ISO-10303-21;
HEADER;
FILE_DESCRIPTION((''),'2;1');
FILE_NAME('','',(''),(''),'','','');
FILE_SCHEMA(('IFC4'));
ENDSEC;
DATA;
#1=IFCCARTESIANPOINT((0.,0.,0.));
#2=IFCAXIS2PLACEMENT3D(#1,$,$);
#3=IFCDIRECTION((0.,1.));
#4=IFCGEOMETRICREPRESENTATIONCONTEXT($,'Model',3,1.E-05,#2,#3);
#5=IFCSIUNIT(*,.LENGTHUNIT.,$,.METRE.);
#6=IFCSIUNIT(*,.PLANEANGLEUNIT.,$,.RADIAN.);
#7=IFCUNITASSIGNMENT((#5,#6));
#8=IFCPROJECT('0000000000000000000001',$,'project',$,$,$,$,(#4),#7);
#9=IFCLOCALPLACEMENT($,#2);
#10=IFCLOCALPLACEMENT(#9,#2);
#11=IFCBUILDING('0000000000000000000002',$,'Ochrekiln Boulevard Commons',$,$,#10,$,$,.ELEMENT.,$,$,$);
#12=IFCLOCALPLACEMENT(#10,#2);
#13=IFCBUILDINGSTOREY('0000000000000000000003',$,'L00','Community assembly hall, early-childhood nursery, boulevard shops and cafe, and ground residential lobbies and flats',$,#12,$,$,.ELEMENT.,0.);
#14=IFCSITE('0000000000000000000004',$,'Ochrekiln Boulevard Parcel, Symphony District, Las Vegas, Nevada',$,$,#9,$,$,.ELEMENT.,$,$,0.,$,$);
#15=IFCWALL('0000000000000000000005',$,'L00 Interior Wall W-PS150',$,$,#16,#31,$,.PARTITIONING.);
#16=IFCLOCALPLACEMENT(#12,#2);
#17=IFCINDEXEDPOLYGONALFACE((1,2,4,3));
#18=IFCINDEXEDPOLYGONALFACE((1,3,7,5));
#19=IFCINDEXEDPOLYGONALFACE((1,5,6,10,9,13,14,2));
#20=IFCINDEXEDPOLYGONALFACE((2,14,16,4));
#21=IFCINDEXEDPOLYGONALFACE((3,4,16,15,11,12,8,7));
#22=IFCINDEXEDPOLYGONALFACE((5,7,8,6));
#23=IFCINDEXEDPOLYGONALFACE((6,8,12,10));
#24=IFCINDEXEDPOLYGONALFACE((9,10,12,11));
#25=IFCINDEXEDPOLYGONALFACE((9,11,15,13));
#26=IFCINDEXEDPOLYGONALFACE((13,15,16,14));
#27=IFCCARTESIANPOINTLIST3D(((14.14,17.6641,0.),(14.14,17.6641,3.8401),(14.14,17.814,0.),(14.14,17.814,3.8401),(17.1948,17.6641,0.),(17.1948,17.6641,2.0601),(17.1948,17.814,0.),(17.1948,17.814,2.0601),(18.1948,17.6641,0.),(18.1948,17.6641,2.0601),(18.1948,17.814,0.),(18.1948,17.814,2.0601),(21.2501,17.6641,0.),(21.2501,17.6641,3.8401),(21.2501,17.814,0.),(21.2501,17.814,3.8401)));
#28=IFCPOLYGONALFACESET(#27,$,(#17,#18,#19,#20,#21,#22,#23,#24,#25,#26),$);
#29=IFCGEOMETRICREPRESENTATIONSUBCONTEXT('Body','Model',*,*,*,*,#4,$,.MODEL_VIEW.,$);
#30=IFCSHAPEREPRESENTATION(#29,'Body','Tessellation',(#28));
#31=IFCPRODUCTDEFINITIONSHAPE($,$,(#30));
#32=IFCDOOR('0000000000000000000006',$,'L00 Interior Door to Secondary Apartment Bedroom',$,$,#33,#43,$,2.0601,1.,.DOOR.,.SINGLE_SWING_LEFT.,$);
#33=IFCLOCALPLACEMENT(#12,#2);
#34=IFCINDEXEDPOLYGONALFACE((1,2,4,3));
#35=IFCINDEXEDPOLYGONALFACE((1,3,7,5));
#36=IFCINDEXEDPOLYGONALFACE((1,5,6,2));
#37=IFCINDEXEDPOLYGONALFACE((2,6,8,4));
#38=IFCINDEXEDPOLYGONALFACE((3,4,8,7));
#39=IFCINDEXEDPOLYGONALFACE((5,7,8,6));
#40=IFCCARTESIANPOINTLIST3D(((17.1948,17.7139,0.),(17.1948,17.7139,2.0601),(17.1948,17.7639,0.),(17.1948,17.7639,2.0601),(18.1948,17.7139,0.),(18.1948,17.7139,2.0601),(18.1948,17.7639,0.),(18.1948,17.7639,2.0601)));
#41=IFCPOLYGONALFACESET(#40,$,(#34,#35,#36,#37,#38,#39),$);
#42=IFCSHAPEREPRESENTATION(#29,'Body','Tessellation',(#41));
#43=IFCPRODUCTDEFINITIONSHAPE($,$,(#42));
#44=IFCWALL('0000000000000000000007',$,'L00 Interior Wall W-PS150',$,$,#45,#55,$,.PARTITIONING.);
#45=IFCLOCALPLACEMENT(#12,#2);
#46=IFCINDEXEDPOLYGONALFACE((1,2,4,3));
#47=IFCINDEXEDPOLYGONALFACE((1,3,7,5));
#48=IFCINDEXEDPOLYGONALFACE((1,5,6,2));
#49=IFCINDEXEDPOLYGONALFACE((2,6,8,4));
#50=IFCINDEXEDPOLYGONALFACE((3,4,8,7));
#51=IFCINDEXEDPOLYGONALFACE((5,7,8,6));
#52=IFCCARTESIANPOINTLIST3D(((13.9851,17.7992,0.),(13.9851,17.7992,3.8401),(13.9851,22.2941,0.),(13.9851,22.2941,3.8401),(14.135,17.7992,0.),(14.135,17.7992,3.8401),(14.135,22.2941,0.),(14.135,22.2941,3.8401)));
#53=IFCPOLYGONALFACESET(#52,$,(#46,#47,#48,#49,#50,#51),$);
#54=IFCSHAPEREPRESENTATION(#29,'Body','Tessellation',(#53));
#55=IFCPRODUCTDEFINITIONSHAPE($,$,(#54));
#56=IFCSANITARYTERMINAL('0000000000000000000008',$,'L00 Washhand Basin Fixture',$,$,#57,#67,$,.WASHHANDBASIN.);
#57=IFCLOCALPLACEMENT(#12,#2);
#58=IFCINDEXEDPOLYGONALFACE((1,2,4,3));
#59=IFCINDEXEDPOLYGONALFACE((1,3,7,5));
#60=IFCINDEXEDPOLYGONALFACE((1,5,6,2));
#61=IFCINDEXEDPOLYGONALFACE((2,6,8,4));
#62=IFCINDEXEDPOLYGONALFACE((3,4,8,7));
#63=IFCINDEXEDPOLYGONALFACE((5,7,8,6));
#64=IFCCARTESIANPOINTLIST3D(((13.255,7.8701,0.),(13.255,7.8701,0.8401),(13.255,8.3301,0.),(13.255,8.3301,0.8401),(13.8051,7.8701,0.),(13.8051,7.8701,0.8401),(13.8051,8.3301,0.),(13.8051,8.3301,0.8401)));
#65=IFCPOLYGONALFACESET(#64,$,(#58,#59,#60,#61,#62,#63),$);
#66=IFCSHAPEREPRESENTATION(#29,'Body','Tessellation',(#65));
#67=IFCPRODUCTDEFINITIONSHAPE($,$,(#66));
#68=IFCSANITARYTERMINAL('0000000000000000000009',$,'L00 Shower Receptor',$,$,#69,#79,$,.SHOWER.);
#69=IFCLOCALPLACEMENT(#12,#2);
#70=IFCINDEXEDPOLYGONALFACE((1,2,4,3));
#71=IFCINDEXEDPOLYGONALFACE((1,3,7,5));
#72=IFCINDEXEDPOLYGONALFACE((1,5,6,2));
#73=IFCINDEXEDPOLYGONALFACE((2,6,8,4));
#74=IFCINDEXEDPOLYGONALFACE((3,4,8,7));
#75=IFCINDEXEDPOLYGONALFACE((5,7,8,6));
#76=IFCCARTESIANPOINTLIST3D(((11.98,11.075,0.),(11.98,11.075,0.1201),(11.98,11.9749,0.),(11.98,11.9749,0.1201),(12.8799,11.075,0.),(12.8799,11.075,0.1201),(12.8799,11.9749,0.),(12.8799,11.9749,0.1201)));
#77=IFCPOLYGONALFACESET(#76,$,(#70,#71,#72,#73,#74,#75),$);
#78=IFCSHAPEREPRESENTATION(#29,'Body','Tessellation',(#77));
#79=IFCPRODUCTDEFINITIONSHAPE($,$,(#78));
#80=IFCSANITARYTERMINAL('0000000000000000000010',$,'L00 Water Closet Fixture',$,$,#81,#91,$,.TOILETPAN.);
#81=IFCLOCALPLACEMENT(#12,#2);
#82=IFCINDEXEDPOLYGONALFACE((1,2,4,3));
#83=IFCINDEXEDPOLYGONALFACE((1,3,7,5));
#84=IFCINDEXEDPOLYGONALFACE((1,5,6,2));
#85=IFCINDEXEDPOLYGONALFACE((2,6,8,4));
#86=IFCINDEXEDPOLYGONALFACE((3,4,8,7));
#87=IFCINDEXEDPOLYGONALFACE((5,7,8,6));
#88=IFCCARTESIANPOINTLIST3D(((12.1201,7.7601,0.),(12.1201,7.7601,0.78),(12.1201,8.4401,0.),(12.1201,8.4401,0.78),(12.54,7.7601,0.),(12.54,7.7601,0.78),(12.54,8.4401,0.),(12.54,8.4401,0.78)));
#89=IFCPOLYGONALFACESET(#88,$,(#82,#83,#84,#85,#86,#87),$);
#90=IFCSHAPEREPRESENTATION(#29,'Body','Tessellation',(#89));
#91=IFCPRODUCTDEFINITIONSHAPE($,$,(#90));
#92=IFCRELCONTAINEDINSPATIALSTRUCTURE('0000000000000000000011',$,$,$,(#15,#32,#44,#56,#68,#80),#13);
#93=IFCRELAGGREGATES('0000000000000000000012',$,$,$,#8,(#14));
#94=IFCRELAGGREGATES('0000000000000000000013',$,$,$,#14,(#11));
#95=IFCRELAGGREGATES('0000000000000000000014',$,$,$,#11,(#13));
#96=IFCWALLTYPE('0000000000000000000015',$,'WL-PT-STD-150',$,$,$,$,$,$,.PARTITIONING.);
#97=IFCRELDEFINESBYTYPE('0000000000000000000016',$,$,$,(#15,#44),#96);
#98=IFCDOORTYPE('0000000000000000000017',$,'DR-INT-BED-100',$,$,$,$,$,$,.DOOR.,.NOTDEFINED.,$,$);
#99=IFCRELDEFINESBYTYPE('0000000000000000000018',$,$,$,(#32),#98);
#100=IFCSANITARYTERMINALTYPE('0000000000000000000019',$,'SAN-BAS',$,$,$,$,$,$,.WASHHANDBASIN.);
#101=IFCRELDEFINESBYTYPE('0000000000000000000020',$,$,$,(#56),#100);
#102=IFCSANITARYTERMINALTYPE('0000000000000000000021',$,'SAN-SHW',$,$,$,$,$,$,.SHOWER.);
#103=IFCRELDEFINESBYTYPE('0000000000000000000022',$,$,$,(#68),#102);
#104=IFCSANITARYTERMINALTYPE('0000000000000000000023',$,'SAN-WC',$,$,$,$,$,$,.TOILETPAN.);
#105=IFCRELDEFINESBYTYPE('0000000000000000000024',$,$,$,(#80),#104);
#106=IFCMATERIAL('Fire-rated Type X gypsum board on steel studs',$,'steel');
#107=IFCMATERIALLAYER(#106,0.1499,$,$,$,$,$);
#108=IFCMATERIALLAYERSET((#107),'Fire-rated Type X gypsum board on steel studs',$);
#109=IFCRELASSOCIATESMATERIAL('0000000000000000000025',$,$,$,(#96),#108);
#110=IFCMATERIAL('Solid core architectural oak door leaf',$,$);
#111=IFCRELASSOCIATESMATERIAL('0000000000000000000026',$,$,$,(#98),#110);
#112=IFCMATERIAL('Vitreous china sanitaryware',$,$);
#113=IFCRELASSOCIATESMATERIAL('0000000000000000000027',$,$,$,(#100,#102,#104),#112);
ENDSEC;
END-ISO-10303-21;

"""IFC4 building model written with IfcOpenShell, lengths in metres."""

from ifc_helpers import new_model, si_unit, direction, frame, frame_2d, origin, origin_2d, place, context, subcontext, project, spatial, rectangle, extrude, material, layer, layer_set, type_object, element, fill, save


model = new_model("IFC4")

# Units and contexts
model_context = context("Model", 3, precision=1e-05, world=origin(), true_north=direction((0.0, 1.0)))
body_context = subcontext(model_context, "Body", "Model", "MODEL_VIEW")
ifc_project = project(units=[si_unit("LENGTHUNIT", "METRE"), si_unit("PLANEANGLEUNIT", "RADIAN")], contexts=[model_context])

# Site, building, storey
site_placement = place(None, origin())
site = spatial("IfcSite", under=ifc_project, at=site_placement, Name="Ochrekiln Boulevard Parcel, Symphony District, Las Vegas, Nevada", CompositionType="ELEMENT", RefElevation=0.0)
building_placement = place(site_placement, origin())
building = spatial("IfcBuilding", under=site, at=building_placement, Name="Ochrekiln Boulevard Commons", CompositionType="ELEMENT")
storey_placement = place(building_placement, origin())
storey = spatial("IfcBuildingStorey", under=building, at=storey_placement, Name="L00", Description="Community assembly hall, early-childhood nursery, boulevard shops and cafe, and ground residential lobbies and flats", CompositionType="ELEMENT", Elevation=0.0)

# Shared definitions
ifc_material_1 = material(Name="Solid core architectural oak door leaf")

# Shared definitions
ifc_material_2 = material(Name="Fire-rated Type X gypsum board on steel studs", Category="steel")

# Wall, opening, door
ifc_layer_1 = layer(ifc_material_2, 0.1499)
ifc_layer_set_1 = layer_set([ifc_layer_1], Name="Fire-rated Type X gypsum board on steel studs")
wall_type_1 = type_object("IfcWallType", Name="WL-PT-STD-150", PredefinedType="PARTITIONING", material=ifc_layer_set_1)
wall_1_placement = place(storey_placement, frame((14.1399, 17.739, 0.0), z_axis=(0.0, 0.0, 1.0), x_axis=(1.0, 0.0, 0.0)))
wall_1 = element("IfcWall", 1, at=wall_1_placement, inside=storey, type_object=wall_type_1, Name="L00 Interior Wall W-PS150", PredefinedType="PARTITIONING", context=body_context, shape_type="SweptSolid", body=[
    extrude(rectangle(XDim=7.1101, YDim=0.1499, at=frame_2d((3.5552, 0.0))), origin(), (0.0, 0.0, 1.0), 3.8401),
])
opening_1_placement = place(wall_1_placement, frame((3.0549, 0.0, 0.0)))
opening_1 = element("IfcOpeningElement", 2, at=opening_1_placement, cuts=wall_1, PredefinedType="OPENING", context=body_context, shape_type="SweptSolid", body=[
    extrude(rectangle(XDim=1.0, YDim=2.0601, at=frame_2d((0.5, 1.03))), frame((0.0, 0.085, 0.0), z_axis=(0.0, -1.0, 0.0), x_axis=(1.0, 0.0, 0.0)), (0.0, 0.0, 1.0), 0.1699),
])
door_type_1 = type_object("IfcDoorType", Name="DR-INT-BED-100", OperationType="NOTDEFINED", PredefinedType="DOOR", material=ifc_material_1)
door_1_placement = place(opening_1_placement, origin())
door_1 = element("IfcDoor", 3, at=door_1_placement, inside=storey, type_object=door_type_1, Name="L00 Interior Door to Secondary Apartment Bedroom", OperationType="SINGLE_SWING_LEFT", OverallHeight=2.0601, OverallWidth=1.0, PredefinedType="DOOR", context=body_context, shape_type="SweptSolid", body=[
    extrude(rectangle(XDim=1.0, YDim=2.0601, at=frame_2d((0.5, 1.03))), frame((0.0, 0.0249, 0.0), z_axis=(0.0, -1.0, 0.0), x_axis=(1.0, 0.0, 0.0)), (0.0, 0.0, 1.0), 0.05),
])
fill(opening_1, door_1)

# Wall
wall_2_placement = place(storey_placement, frame((14.0601, 17.7991, 0.0), z_axis=(0.0, 0.0, 1.0), x_axis=(0.0, 1.0, 0.0)))
element("IfcWall", 4, at=wall_2_placement, inside=storey, type_object=wall_type_1, Name="L00 Interior Wall W-PS150", PredefinedType="PARTITIONING", context=body_context, shape_type="SweptSolid", body=[
    extrude(rectangle(XDim=4.4949, YDim=0.1499, at=frame_2d((2.2476, 0.0))), origin(), (0.0, 0.0, 1.0), 3.8401),
])

# Sanitary terminals
ifc_material_3 = material(Name="Vitreous china sanitaryware")
sanitary_terminal_type_1 = type_object("IfcSanitaryTerminalType", Name="SAN-BAS", PredefinedType="WASHHANDBASIN", material=ifc_material_3)
sanitary_terminal_1_placement = place(storey_placement, frame((13.53, 8.1001, 0.0), z_axis=(0.0, 0.0, 1.0), x_axis=(1.0, 0.0, 0.0)))
element("IfcSanitaryTerminal", 5, at=sanitary_terminal_1_placement, inside=storey, type_object=sanitary_terminal_type_1, Name="L00 Washhand Basin Fixture", PredefinedType="WASHHANDBASIN", context=body_context, shape_type="SweptSolid", body=[
    extrude(rectangle(XDim=0.55, YDim=0.46, at=origin_2d()), origin(), (0.0, 0.0, 1.0), 0.8401),
])
sanitary_terminal_type_2 = type_object("IfcSanitaryTerminalType", Name="SAN-SHW", PredefinedType="SHOWER", material=ifc_material_3)
sanitary_terminal_2_placement = place(storey_placement, frame((12.4299, 11.5249, 0.0), z_axis=(0.0, 0.0, 1.0), x_axis=(1.0, 0.0, 0.0)))
element("IfcSanitaryTerminal", 6, at=sanitary_terminal_2_placement, inside=storey, type_object=sanitary_terminal_type_2, Name="L00 Shower Receptor", PredefinedType="SHOWER", context=body_context, shape_type="SweptSolid", body=[
    extrude(rectangle(XDim=0.8999, YDim=0.8999, at=origin_2d()), origin(), (0.0, 0.0, 1.0), 0.1201),
])
sanitary_terminal_type_3 = type_object("IfcSanitaryTerminalType", Name="SAN-WC", PredefinedType="TOILETPAN", material=ifc_material_3)
sanitary_terminal_3_placement = place(storey_placement, frame((12.3301, 8.1001, 0.0), z_axis=(0.0, 0.0, 1.0), x_axis=(1.0, 0.0, 0.0)))
element("IfcSanitaryTerminal", 7, at=sanitary_terminal_3_placement, inside=storey, type_object=sanitary_terminal_type_3, Name="L00 Water Closet Fixture", PredefinedType="TOILETPAN", context=body_context, shape_type="SweptSolid", body=[
    extrude(rectangle(XDim=0.4199, YDim=0.6799, at=origin_2d()), origin(), (0.0, 0.0, 1.0), 0.78),
])

save(model, "model.ifc")
